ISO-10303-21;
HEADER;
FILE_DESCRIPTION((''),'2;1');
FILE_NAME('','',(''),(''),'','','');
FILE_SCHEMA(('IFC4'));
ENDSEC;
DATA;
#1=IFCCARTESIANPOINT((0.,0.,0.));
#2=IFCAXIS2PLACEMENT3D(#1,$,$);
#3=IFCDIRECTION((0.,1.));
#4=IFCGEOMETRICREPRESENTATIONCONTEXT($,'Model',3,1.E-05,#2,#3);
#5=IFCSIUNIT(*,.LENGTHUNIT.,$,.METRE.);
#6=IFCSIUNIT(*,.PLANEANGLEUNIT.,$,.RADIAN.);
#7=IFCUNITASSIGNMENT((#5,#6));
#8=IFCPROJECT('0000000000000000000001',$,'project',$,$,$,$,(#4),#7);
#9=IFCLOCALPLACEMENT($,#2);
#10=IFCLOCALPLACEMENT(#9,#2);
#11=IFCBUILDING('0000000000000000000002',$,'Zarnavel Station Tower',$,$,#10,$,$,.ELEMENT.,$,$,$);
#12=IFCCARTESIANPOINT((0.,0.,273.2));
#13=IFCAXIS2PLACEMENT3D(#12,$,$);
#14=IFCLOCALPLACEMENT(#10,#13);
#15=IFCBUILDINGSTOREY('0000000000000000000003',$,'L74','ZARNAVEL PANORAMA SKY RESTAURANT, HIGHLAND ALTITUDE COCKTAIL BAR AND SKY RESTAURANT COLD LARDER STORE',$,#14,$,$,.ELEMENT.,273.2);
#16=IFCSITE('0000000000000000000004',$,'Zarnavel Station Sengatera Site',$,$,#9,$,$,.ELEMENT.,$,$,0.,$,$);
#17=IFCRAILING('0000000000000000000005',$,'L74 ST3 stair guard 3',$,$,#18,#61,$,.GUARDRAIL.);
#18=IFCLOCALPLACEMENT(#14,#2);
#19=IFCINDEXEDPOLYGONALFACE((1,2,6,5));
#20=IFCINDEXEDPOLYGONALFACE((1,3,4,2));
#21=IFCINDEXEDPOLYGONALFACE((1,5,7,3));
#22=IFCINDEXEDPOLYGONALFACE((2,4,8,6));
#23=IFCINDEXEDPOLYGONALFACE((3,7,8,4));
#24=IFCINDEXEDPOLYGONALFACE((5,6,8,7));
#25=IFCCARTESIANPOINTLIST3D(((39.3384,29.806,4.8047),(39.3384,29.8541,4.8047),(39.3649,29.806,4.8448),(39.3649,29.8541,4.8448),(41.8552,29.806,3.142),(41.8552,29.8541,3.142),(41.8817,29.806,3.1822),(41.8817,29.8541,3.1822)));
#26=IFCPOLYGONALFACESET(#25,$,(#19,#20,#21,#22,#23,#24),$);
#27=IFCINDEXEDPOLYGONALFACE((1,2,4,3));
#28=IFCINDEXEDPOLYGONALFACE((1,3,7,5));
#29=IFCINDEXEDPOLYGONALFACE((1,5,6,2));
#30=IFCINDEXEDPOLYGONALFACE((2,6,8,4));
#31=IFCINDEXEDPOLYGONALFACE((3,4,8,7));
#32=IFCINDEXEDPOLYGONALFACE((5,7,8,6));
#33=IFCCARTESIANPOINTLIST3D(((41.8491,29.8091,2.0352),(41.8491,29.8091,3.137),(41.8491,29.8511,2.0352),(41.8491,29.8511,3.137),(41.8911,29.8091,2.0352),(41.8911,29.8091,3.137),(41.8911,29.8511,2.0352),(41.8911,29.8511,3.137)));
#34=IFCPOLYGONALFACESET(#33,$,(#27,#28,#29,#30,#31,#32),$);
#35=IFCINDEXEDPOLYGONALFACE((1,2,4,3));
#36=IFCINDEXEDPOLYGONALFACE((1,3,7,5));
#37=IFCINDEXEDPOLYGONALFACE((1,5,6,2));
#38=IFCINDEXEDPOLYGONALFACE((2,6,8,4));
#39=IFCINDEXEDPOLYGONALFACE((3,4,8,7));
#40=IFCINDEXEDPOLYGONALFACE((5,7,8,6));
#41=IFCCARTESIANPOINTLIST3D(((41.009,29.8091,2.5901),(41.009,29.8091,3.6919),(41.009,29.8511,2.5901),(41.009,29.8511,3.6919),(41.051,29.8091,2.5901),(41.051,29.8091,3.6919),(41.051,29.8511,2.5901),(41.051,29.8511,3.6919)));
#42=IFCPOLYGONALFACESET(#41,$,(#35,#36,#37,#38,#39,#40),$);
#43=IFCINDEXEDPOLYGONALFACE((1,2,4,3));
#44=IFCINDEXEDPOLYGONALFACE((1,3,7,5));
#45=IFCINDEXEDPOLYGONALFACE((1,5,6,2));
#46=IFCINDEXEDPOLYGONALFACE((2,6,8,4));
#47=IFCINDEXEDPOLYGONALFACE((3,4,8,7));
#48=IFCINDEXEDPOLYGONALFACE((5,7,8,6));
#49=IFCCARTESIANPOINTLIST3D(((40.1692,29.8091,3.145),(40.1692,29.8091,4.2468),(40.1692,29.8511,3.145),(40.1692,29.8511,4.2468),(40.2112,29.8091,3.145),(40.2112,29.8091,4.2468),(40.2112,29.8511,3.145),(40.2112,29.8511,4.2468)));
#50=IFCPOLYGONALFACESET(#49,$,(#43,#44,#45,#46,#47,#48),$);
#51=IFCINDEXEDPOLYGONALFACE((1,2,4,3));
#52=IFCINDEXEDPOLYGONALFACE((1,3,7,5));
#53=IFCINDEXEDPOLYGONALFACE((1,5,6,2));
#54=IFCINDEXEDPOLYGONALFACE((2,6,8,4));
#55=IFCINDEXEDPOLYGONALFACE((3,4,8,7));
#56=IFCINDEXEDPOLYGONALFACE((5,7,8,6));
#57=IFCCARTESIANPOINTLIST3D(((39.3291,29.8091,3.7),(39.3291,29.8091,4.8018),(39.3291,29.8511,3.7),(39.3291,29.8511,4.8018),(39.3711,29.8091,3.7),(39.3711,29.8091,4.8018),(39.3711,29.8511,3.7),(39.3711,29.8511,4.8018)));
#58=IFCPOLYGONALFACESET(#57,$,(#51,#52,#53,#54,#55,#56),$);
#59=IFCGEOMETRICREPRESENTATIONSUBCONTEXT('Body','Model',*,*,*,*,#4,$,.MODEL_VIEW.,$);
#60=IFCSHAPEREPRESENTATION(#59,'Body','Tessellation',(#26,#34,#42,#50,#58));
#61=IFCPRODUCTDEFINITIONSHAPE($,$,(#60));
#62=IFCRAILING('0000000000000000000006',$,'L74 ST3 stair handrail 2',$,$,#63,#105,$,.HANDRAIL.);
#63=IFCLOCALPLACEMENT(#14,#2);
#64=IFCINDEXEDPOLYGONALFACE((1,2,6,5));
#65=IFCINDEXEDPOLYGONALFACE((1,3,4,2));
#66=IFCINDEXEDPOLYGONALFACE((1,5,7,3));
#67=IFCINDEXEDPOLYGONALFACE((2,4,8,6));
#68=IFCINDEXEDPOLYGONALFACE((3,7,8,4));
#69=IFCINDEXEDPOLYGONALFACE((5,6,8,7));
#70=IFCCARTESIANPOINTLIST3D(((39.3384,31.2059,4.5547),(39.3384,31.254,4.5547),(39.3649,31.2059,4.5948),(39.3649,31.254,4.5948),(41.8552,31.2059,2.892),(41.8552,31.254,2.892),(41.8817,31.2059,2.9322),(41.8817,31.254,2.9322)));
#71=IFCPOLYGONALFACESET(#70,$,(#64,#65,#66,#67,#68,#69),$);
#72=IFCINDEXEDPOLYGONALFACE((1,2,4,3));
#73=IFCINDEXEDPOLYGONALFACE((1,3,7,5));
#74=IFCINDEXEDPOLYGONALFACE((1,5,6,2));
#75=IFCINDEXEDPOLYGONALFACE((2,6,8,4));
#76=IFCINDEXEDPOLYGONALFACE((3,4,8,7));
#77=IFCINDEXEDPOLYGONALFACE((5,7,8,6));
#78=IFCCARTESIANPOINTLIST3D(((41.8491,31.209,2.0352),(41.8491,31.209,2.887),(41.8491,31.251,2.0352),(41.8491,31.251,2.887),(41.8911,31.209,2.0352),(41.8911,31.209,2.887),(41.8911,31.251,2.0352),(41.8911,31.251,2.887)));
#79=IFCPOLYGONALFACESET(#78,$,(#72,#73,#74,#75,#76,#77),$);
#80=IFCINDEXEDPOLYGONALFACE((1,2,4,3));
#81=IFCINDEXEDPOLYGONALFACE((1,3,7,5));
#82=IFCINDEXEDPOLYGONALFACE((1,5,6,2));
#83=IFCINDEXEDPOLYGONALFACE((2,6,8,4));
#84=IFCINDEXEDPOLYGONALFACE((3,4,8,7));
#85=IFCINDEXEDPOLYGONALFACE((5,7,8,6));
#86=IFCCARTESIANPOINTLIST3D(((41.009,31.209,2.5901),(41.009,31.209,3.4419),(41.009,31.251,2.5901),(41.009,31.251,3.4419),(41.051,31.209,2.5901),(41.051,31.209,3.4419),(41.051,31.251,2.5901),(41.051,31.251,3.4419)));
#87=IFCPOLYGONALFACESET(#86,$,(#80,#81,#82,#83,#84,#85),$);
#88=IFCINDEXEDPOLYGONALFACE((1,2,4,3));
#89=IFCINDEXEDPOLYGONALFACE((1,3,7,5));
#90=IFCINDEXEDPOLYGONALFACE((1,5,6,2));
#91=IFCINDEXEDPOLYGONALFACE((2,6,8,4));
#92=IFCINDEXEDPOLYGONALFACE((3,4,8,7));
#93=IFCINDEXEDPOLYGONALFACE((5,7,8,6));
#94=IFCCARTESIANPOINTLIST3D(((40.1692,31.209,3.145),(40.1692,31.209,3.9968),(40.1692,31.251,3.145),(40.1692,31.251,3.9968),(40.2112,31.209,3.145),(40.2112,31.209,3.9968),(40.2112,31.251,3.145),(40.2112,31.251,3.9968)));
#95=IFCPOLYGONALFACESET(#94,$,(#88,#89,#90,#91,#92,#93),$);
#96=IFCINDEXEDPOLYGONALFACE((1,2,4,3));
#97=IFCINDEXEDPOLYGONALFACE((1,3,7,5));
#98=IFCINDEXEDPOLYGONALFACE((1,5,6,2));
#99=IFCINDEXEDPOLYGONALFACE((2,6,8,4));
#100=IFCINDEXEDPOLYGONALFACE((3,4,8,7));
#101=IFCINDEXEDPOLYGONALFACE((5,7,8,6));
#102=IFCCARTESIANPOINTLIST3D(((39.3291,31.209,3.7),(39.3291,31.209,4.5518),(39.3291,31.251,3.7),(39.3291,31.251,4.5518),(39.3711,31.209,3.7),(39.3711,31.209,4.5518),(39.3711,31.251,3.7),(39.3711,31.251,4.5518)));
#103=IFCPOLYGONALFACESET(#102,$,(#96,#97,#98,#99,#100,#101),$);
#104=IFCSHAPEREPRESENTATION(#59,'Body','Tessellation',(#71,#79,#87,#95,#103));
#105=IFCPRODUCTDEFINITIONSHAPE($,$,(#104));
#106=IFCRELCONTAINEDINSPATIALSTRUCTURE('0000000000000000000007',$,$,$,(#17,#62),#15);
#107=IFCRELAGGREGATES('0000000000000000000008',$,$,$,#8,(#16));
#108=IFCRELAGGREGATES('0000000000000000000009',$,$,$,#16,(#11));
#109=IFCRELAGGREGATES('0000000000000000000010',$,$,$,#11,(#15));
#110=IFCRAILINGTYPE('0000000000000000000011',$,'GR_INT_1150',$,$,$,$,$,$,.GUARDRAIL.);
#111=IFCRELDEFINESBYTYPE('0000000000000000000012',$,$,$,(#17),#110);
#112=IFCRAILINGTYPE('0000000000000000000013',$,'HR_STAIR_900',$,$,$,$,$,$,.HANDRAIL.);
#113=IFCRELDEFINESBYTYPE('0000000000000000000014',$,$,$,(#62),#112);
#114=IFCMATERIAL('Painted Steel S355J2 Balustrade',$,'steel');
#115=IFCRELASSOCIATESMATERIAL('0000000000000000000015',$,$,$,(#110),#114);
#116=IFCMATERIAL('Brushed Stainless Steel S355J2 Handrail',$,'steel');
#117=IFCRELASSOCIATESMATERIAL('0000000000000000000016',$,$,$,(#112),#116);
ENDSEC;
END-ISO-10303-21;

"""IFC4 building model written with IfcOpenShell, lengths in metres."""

from ifc_helpers import new_model, si_unit, direction, frame, origin, origin_2d, place, context, subcontext, project, spatial, rectangle, extrude, material, type_object, element, save


model = new_model("IFC4")

# Units and contexts
model_context = context("Model", 3, precision=1e-05, world=origin(), true_north=direction((0.0, 1.0)))
body_context = subcontext(model_context, "Body", "Model", "MODEL_VIEW")
ifc_project = project(units=[si_unit("LENGTHUNIT", "METRE"), si_unit("PLANEANGLEUNIT", "RADIAN")], contexts=[model_context])

# Site, building, storey
site_placement = place(None, origin())
site = spatial("IfcSite", under=ifc_project, at=site_placement, Name="Zarnavel Station Sengatera Site", CompositionType="ELEMENT", RefElevation=0.0)
building_placement = place(site_placement, origin())
building = spatial("IfcBuilding", under=site, at=building_placement, Name="Zarnavel Station Tower", CompositionType="ELEMENT")
storey_placement = place(building_placement, frame((0.0, 0.0, 273.2)))
storey = spatial("IfcBuildingStorey", under=building, at=storey_placement, Name="L74", Description="ZARNAVEL PANORAMA SKY RESTAURANT, HIGHLAND ALTITUDE COCKTAIL BAR AND SKY RESTAURANT COLD LARDER STORE", CompositionType="ELEMENT", Elevation=273.2)

# Railings
ifc_material_1 = material(Name="Painted Steel S355J2 Balustrade", Category="steel")
railing_type_1 = type_object("IfcRailingType", Name="GR_INT_1150", PredefinedType="GUARDRAIL", material=ifc_material_1)
railing_1_placement = place(storey_placement, frame((41.8701, 29.8301, 2.0352)))
element("IfcRailing", 1, at=railing_1_placement, inside=storey, type_object=railing_type_1, Name="L74 ST3 stair guard 3", PredefinedType="GUARDRAIL", context=body_context, shape_type="SweptSolid", body=[
    extrude(rectangle(XDim=0.0481, YDim=0.0481, at=origin_2d()), frame((-0.0017, 0.0, 1.127), z_axis=(-0.834369, 0.0, 0.551207), x_axis=(0.0, -1.0, 0.0)), (0.0, 0.0, 1.0), 3.0164),
    extrude(rectangle(XDim=0.042, YDim=0.042, at=origin_2d()), origin(), (0.0, 0.0, 1.0), 1.1018),
    extrude(rectangle(XDim=0.042, YDim=0.042, at=origin_2d()), frame((-0.8401, 0.0, 0.5549)), (0.0, 0.0, 1.0), 1.1018),
    extrude(rectangle(XDim=0.042, YDim=0.042, at=origin_2d()), frame((-1.6799, 0.0, 1.1099)), (0.0, 0.0, 1.0), 1.1018),
    extrude(rectangle(XDim=0.042, YDim=0.042, at=origin_2d()), frame((-2.52, 0.0, 1.6648)), (0.0, 0.0, 1.0), 1.1018),
])
ifc_material_2 = material(Name="Brushed Stainless Steel S355J2 Handrail", Category="steel")
railing_type_2 = type_object("IfcRailingType", Name="HR_STAIR_900", PredefinedType="HANDRAIL", material=ifc_material_2)
railing_2_placement = place(storey_placement, frame((41.8701, 31.23, 2.0352)))
element("IfcRailing", 2, at=railing_2_placement, inside=storey, type_object=railing_type_2, Name="L74 ST3 stair handrail 2", PredefinedType="HANDRAIL", context=body_context, shape_type="SweptSolid", body=[
    extrude(rectangle(XDim=0.0481, YDim=0.0481, at=origin_2d()), frame((-0.0017, 0.0, 0.877), z_axis=(-0.834369, 0.0, 0.551207), x_axis=(0.0, -1.0, 0.0)), (0.0, 0.0, 1.0), 3.0164),
    extrude(rectangle(XDim=0.042, YDim=0.042, at=origin_2d()), origin(), (0.0, 0.0, 1.0), 0.8518),
    extrude(rectangle(XDim=0.042, YDim=0.042, at=origin_2d()), frame((-0.8401, 0.0, 0.5549)), (0.0, 0.0, 1.0), 0.8518),
    extrude(rectangle(XDim=0.042, YDim=0.042, at=origin_2d()), frame((-1.6799, 0.0, 1.1099)), (0.0, 0.0, 1.0), 0.8518),
    extrude(rectangle(XDim=0.042, YDim=0.042, at=origin_2d()), frame((-2.52, 0.0, 1.6648)), (0.0, 0.0, 1.0), 0.8518),
])

save(model, "model.ifc")
